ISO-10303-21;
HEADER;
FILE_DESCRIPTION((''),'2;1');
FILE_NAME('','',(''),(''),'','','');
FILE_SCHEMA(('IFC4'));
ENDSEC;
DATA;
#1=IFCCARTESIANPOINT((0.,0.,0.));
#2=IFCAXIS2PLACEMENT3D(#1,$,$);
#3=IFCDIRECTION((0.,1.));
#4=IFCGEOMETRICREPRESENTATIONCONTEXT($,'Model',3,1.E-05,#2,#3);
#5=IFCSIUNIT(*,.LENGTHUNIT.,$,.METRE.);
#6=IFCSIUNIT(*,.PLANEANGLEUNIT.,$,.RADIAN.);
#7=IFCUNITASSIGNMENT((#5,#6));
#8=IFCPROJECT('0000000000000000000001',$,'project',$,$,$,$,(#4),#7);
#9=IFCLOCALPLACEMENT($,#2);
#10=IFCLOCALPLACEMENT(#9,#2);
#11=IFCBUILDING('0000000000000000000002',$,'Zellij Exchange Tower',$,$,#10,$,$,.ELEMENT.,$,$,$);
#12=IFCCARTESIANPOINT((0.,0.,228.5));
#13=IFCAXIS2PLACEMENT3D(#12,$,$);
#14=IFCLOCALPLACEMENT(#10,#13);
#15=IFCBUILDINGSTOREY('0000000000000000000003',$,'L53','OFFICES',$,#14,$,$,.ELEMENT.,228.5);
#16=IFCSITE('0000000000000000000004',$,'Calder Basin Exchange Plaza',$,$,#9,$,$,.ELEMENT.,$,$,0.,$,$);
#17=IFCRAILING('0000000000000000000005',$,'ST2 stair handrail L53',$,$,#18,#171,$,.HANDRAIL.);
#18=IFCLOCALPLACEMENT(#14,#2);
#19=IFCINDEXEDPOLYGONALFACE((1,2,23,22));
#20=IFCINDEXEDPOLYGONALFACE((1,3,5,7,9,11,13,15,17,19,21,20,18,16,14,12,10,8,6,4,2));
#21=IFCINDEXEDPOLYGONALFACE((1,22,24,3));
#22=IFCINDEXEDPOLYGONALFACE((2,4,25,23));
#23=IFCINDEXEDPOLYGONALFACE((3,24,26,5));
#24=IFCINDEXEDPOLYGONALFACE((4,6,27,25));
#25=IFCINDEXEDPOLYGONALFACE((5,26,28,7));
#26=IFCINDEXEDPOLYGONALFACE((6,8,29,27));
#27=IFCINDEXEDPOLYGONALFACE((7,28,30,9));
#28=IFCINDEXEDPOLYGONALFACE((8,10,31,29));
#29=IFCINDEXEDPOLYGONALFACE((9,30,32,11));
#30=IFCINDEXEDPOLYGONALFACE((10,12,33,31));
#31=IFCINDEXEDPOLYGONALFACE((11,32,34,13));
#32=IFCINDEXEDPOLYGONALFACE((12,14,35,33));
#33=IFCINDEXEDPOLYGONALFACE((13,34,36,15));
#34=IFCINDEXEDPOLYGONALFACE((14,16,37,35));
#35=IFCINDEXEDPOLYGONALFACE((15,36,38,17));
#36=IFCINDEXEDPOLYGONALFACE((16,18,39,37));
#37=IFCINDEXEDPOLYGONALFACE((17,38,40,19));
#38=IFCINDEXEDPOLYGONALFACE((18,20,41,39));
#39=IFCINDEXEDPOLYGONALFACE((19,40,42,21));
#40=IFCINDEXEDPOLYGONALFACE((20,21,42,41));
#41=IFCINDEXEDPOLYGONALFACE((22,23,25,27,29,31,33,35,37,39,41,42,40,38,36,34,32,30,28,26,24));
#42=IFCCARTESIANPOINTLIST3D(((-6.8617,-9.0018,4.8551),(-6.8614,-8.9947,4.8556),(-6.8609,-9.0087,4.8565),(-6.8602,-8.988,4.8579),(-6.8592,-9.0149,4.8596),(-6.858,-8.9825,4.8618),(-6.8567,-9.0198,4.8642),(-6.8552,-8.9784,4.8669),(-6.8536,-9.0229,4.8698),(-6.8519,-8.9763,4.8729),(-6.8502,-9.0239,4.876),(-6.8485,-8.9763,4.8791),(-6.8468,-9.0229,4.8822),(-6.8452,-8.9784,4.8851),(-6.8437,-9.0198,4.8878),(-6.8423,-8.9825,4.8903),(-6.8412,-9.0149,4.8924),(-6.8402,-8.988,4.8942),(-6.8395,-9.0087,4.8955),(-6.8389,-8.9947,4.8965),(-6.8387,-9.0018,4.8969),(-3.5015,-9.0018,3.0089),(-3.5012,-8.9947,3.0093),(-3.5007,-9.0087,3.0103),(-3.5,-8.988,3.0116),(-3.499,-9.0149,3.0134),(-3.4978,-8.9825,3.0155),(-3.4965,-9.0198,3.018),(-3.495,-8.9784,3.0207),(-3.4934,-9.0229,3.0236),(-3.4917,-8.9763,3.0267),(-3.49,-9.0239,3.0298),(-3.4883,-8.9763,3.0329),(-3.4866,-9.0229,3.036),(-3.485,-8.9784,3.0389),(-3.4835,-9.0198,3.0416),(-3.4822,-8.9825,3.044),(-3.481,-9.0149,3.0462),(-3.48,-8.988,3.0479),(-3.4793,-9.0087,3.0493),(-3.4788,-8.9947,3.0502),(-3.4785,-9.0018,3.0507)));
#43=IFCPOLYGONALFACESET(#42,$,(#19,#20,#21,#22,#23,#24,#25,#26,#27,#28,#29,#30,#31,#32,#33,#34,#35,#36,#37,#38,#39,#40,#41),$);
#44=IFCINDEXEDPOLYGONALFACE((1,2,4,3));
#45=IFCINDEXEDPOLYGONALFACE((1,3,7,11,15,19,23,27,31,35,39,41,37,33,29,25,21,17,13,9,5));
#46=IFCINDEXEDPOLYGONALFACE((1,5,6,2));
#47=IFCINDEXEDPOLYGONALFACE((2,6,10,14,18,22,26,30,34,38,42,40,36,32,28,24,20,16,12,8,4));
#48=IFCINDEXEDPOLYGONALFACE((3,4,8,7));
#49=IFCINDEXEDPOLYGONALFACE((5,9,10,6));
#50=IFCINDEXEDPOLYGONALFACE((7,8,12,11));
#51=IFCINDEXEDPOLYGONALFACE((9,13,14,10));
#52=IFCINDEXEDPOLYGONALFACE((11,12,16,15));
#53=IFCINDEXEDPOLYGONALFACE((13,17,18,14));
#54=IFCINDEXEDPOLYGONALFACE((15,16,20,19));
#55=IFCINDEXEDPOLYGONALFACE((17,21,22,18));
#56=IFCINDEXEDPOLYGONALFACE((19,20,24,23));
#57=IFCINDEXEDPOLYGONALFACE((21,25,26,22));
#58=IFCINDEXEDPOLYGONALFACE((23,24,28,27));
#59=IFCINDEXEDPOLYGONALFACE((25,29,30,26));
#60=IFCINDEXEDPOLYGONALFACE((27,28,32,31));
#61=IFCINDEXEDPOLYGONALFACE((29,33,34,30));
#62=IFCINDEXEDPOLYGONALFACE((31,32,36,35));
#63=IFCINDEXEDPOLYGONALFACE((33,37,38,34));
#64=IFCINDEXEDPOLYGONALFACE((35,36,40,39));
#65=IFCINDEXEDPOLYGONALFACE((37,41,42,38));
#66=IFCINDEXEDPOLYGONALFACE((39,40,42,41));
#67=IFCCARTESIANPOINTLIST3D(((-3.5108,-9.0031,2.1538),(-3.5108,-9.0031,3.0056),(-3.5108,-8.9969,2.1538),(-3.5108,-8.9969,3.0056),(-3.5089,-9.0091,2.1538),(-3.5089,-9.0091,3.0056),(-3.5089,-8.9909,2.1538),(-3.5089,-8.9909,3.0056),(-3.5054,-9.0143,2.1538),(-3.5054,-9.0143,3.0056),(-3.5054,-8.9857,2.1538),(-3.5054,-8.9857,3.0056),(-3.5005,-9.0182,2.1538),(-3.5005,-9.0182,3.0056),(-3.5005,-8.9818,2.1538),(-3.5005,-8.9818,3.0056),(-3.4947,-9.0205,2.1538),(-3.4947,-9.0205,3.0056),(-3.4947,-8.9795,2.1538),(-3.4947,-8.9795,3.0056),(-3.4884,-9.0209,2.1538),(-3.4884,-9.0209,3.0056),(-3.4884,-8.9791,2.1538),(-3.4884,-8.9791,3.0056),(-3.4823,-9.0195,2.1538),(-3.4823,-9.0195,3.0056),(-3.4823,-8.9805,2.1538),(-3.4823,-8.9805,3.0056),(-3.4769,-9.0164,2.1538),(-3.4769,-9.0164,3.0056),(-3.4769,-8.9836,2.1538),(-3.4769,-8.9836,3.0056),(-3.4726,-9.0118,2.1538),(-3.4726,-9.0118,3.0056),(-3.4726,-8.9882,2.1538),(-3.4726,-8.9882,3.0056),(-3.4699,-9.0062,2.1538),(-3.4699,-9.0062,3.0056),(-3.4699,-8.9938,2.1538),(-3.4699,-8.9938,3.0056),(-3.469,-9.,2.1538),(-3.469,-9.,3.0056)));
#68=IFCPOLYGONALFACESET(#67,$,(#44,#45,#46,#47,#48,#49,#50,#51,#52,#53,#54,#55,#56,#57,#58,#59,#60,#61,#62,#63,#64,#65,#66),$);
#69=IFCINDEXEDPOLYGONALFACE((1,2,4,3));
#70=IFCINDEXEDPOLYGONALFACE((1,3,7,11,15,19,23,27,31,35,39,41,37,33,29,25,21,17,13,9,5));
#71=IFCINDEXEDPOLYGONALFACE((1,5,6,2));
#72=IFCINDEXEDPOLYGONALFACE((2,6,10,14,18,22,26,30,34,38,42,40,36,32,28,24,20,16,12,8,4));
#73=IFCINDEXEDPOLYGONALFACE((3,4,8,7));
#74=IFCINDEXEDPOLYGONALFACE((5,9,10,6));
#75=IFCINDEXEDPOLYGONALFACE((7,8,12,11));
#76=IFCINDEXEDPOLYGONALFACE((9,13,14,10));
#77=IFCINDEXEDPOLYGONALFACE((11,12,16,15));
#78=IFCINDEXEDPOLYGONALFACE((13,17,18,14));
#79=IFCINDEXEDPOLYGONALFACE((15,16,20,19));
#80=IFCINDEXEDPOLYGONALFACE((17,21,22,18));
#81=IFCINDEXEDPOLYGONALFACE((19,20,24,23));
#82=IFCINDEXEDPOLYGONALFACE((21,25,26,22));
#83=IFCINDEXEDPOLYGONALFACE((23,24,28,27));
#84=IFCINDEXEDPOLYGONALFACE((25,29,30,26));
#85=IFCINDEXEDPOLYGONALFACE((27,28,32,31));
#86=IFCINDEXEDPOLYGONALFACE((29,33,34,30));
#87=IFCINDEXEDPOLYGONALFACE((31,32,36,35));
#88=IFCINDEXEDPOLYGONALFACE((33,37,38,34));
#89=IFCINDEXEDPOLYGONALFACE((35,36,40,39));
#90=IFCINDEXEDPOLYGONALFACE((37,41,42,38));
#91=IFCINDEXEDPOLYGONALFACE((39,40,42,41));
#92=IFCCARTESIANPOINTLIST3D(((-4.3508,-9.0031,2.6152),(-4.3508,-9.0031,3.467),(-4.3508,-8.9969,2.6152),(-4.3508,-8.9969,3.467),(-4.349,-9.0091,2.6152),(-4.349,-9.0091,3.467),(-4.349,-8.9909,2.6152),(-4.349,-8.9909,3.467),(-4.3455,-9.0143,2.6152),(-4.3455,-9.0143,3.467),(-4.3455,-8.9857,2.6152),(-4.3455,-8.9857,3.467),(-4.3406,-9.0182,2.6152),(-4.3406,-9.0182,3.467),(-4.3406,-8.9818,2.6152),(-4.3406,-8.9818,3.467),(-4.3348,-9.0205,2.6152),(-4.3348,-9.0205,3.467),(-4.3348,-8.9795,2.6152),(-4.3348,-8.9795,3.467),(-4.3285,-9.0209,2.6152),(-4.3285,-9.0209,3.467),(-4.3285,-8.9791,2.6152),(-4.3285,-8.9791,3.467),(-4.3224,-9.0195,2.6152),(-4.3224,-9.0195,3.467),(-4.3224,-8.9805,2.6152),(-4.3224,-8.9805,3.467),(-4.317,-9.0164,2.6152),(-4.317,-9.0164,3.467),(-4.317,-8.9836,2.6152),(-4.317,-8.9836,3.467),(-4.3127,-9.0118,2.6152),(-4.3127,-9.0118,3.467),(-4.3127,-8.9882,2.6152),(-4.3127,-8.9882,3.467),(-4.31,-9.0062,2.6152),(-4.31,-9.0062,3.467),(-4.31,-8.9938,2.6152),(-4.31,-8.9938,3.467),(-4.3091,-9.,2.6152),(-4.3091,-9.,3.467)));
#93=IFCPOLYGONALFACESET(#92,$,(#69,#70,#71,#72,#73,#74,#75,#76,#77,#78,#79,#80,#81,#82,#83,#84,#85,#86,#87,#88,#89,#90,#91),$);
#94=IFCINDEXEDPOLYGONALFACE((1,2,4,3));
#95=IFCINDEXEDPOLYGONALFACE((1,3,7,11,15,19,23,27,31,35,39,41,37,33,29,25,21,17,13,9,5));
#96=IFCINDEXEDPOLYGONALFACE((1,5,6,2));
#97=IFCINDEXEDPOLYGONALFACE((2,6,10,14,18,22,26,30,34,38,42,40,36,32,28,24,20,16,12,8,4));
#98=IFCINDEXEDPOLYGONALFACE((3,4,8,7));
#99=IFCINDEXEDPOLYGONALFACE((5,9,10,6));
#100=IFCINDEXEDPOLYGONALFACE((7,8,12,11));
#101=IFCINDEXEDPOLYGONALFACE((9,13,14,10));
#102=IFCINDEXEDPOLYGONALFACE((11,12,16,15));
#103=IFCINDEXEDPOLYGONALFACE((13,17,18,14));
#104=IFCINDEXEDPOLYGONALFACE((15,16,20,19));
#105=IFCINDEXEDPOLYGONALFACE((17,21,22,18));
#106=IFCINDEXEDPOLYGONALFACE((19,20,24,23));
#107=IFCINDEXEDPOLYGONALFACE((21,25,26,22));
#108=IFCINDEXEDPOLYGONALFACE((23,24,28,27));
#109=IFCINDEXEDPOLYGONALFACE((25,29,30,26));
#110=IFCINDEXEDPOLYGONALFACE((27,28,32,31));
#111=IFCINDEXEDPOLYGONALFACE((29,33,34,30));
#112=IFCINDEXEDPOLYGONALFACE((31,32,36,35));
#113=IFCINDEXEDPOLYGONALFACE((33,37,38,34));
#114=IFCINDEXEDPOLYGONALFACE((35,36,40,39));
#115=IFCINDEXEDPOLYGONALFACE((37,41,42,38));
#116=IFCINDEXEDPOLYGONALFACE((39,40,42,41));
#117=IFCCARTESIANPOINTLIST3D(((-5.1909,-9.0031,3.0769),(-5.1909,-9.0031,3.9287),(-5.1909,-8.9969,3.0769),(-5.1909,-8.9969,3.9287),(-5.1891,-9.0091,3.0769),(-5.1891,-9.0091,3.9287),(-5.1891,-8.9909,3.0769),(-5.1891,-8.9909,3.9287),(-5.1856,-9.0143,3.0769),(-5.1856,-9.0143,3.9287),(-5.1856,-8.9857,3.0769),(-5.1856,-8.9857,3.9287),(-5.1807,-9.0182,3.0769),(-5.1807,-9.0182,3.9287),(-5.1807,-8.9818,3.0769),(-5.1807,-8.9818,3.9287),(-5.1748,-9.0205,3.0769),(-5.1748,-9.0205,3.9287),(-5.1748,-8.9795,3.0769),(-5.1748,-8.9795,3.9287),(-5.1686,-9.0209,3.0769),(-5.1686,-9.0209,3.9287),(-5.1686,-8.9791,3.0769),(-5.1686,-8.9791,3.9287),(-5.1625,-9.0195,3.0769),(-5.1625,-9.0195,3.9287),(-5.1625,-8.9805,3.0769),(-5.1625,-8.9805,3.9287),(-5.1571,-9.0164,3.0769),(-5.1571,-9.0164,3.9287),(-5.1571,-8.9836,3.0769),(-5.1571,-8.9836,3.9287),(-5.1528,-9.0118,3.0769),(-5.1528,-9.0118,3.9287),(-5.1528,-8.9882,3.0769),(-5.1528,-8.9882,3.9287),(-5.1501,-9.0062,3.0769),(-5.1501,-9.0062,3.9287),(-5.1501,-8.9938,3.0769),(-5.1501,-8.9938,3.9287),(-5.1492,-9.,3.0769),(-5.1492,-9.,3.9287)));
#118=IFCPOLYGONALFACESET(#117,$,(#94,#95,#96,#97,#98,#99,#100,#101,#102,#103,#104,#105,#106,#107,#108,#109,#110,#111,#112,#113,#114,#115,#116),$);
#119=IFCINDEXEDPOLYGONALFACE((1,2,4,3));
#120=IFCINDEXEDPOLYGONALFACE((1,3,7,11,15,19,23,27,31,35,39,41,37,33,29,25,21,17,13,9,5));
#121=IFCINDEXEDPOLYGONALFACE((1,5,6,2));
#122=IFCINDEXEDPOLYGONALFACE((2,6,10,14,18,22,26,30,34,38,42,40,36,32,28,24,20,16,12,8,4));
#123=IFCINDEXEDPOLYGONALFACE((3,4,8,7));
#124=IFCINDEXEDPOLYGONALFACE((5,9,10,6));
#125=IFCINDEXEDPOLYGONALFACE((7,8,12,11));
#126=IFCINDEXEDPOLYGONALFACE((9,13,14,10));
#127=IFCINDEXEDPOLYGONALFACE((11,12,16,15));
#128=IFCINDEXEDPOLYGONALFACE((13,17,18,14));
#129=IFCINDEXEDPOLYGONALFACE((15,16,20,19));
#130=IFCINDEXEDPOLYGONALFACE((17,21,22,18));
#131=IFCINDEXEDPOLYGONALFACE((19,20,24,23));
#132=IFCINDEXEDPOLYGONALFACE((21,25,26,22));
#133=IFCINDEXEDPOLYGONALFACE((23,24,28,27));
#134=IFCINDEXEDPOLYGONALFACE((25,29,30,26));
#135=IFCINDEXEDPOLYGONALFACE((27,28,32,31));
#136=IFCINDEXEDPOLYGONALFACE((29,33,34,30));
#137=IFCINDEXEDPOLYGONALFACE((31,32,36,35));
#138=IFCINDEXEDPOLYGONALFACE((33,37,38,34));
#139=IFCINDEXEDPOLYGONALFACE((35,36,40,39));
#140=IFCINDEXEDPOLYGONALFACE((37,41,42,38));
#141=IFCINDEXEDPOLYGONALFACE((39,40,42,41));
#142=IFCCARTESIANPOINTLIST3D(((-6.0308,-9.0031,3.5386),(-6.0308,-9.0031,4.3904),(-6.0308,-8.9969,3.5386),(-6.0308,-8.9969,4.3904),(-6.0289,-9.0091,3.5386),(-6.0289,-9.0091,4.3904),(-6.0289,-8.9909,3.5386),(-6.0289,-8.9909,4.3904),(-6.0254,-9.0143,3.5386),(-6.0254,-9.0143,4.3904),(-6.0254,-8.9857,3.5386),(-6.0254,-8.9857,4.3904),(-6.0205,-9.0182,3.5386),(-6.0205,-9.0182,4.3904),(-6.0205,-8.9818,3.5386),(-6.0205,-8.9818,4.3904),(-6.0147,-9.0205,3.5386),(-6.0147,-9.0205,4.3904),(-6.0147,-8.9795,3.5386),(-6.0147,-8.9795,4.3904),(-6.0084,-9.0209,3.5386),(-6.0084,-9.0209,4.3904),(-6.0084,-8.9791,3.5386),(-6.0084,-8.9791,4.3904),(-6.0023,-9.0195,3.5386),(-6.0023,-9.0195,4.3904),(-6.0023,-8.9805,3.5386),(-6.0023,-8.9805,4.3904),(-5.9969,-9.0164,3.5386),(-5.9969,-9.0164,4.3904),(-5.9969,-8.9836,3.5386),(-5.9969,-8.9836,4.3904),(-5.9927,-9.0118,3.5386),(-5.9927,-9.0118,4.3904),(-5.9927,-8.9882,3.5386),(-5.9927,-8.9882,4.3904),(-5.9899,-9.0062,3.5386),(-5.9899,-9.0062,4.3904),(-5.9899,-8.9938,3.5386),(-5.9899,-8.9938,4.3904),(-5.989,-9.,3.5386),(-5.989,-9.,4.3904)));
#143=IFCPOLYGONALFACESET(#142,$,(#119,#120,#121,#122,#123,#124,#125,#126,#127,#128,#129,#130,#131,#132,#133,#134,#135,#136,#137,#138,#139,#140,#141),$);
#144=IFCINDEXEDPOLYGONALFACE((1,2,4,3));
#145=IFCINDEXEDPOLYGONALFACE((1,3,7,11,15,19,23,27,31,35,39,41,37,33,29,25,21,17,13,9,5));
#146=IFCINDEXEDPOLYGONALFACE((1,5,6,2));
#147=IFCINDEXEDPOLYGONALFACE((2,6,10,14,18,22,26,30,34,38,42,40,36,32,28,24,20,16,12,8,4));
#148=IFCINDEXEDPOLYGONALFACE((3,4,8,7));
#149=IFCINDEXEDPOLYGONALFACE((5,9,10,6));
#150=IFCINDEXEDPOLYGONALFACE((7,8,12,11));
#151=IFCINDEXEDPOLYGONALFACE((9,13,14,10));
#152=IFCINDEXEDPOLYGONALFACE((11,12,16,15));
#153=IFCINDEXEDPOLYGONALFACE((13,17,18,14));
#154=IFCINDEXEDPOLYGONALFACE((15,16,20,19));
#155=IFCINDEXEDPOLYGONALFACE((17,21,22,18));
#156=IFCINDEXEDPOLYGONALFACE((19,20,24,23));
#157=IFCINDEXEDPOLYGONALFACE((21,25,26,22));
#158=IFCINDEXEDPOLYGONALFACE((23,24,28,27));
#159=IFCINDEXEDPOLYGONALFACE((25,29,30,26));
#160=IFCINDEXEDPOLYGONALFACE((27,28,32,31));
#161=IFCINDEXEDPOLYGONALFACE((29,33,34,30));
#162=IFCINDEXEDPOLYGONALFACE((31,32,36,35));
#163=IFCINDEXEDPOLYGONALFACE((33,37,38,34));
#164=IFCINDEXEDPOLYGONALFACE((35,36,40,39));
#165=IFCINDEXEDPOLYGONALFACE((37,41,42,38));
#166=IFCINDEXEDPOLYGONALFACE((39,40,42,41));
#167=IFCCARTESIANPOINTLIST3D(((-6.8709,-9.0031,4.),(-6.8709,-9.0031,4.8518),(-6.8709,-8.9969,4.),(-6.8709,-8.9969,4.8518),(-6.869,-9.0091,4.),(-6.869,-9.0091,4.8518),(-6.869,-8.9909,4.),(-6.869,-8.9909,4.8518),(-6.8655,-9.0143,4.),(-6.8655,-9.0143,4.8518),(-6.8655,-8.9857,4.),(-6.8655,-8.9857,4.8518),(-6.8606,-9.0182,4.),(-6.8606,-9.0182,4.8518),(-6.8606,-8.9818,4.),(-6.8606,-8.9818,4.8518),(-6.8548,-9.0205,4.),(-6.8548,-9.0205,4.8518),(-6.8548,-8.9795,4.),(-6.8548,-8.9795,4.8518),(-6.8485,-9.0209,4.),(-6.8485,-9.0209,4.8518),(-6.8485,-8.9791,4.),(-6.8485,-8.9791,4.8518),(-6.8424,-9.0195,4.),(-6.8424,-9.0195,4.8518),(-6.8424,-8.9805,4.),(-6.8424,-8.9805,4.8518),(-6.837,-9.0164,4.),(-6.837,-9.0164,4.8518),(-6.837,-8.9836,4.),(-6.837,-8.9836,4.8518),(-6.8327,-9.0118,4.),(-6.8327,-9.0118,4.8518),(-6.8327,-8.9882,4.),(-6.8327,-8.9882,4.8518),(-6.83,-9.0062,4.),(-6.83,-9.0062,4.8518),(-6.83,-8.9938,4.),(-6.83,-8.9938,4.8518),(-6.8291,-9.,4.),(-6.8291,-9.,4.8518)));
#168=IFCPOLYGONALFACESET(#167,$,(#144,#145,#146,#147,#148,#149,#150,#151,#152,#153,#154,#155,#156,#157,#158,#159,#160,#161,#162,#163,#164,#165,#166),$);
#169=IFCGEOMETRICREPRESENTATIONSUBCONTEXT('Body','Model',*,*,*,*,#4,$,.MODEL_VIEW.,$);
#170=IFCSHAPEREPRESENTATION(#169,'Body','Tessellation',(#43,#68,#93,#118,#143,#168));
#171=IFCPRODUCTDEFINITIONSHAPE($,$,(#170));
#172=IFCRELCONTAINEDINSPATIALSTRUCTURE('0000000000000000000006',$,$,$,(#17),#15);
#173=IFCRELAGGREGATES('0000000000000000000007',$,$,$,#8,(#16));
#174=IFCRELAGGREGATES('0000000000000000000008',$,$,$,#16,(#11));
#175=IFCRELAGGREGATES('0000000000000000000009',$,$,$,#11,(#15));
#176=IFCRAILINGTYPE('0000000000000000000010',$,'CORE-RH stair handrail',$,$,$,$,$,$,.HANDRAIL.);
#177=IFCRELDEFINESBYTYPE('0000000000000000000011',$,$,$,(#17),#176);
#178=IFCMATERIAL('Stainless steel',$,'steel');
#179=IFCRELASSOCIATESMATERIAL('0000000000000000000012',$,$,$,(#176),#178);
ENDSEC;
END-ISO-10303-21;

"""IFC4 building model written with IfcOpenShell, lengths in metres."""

from ifc_helpers import new_model, si_unit, direction, frame, origin, origin_2d, place, context, subcontext, project, spatial, circle, extrude, material, type_object, element, save


model = new_model("IFC4")

# Units and contexts
model_context = context("Model", 3, precision=1e-05, world=origin(), true_north=direction((0.0, 1.0)))
body_context = subcontext(model_context, "Body", "Model", "MODEL_VIEW")
ifc_project = project(units=[si_unit("LENGTHUNIT", "METRE"), si_unit("PLANEANGLEUNIT", "RADIAN")], contexts=[model_context])

# Site, building, storey
site_placement = place(None, origin())
site = spatial("IfcSite", under=ifc_project, at=site_placement, Name="Calder Basin Exchange Plaza", CompositionType="ELEMENT", RefElevation=0.0)
building_placement = place(site_placement, origin())
building = spatial("IfcBuilding", under=site, at=building_placement, Name="Zellij Exchange Tower", CompositionType="ELEMENT")
storey_placement = place(building_placement, frame((0.0, 0.0, 228.5)))
storey = spatial("IfcBuildingStorey", under=building, at=storey_placement, Name="L53", Description="OFFICES", CompositionType="ELEMENT", Elevation=228.5)

# Railing
ifc_material_1 = material(Name="Stainless steel", Category="steel")
railing_type_1 = type_object("IfcRailingType", Name="CORE-RH stair handrail", PredefinedType="HANDRAIL", material=ifc_material_1)
railing_1_placement = place(storey_placement, frame((-3.49, -9.0, 2.1538)))
element("IfcRailing", 1, at=railing_1_placement, inside=storey, type_object=railing_type_1, Name="ST2 stair handrail L53", PredefinedType="HANDRAIL", context=body_context, shape_type="SweptSolid", body=[
    extrude(circle(Radius=0.0239, at=origin_2d()), frame((0.0, 0.0, 0.876), z_axis=(-0.876422, 0.0, 0.481545), x_axis=(0.0, -1.0, 0.0)), (0.0, 0.0, 1.0), 3.834),
    extrude(circle(Radius=0.021, at=origin_2d()), origin(), (0.0, 0.0, 1.0), 0.8518),
    extrude(circle(Radius=0.021, at=origin_2d()), frame((-0.8401, 0.0, 0.4614)), (0.0, 0.0, 1.0), 0.8518),
    extrude(circle(Radius=0.021, at=origin_2d()), frame((-1.6802, 0.0, 0.9231)), (0.0, 0.0, 1.0), 0.8518),
    extrude(circle(Radius=0.021, at=origin_2d()), frame((-2.52, 0.0, 1.3848)), (0.0, 0.0, 1.0), 0.8518),
    extrude(circle(Radius=0.021, at=origin_2d()), frame((-3.3601, 0.0, 1.8462)), (0.0, 0.0, 1.0), 0.8518),
])

save(model, "model.ifc")
